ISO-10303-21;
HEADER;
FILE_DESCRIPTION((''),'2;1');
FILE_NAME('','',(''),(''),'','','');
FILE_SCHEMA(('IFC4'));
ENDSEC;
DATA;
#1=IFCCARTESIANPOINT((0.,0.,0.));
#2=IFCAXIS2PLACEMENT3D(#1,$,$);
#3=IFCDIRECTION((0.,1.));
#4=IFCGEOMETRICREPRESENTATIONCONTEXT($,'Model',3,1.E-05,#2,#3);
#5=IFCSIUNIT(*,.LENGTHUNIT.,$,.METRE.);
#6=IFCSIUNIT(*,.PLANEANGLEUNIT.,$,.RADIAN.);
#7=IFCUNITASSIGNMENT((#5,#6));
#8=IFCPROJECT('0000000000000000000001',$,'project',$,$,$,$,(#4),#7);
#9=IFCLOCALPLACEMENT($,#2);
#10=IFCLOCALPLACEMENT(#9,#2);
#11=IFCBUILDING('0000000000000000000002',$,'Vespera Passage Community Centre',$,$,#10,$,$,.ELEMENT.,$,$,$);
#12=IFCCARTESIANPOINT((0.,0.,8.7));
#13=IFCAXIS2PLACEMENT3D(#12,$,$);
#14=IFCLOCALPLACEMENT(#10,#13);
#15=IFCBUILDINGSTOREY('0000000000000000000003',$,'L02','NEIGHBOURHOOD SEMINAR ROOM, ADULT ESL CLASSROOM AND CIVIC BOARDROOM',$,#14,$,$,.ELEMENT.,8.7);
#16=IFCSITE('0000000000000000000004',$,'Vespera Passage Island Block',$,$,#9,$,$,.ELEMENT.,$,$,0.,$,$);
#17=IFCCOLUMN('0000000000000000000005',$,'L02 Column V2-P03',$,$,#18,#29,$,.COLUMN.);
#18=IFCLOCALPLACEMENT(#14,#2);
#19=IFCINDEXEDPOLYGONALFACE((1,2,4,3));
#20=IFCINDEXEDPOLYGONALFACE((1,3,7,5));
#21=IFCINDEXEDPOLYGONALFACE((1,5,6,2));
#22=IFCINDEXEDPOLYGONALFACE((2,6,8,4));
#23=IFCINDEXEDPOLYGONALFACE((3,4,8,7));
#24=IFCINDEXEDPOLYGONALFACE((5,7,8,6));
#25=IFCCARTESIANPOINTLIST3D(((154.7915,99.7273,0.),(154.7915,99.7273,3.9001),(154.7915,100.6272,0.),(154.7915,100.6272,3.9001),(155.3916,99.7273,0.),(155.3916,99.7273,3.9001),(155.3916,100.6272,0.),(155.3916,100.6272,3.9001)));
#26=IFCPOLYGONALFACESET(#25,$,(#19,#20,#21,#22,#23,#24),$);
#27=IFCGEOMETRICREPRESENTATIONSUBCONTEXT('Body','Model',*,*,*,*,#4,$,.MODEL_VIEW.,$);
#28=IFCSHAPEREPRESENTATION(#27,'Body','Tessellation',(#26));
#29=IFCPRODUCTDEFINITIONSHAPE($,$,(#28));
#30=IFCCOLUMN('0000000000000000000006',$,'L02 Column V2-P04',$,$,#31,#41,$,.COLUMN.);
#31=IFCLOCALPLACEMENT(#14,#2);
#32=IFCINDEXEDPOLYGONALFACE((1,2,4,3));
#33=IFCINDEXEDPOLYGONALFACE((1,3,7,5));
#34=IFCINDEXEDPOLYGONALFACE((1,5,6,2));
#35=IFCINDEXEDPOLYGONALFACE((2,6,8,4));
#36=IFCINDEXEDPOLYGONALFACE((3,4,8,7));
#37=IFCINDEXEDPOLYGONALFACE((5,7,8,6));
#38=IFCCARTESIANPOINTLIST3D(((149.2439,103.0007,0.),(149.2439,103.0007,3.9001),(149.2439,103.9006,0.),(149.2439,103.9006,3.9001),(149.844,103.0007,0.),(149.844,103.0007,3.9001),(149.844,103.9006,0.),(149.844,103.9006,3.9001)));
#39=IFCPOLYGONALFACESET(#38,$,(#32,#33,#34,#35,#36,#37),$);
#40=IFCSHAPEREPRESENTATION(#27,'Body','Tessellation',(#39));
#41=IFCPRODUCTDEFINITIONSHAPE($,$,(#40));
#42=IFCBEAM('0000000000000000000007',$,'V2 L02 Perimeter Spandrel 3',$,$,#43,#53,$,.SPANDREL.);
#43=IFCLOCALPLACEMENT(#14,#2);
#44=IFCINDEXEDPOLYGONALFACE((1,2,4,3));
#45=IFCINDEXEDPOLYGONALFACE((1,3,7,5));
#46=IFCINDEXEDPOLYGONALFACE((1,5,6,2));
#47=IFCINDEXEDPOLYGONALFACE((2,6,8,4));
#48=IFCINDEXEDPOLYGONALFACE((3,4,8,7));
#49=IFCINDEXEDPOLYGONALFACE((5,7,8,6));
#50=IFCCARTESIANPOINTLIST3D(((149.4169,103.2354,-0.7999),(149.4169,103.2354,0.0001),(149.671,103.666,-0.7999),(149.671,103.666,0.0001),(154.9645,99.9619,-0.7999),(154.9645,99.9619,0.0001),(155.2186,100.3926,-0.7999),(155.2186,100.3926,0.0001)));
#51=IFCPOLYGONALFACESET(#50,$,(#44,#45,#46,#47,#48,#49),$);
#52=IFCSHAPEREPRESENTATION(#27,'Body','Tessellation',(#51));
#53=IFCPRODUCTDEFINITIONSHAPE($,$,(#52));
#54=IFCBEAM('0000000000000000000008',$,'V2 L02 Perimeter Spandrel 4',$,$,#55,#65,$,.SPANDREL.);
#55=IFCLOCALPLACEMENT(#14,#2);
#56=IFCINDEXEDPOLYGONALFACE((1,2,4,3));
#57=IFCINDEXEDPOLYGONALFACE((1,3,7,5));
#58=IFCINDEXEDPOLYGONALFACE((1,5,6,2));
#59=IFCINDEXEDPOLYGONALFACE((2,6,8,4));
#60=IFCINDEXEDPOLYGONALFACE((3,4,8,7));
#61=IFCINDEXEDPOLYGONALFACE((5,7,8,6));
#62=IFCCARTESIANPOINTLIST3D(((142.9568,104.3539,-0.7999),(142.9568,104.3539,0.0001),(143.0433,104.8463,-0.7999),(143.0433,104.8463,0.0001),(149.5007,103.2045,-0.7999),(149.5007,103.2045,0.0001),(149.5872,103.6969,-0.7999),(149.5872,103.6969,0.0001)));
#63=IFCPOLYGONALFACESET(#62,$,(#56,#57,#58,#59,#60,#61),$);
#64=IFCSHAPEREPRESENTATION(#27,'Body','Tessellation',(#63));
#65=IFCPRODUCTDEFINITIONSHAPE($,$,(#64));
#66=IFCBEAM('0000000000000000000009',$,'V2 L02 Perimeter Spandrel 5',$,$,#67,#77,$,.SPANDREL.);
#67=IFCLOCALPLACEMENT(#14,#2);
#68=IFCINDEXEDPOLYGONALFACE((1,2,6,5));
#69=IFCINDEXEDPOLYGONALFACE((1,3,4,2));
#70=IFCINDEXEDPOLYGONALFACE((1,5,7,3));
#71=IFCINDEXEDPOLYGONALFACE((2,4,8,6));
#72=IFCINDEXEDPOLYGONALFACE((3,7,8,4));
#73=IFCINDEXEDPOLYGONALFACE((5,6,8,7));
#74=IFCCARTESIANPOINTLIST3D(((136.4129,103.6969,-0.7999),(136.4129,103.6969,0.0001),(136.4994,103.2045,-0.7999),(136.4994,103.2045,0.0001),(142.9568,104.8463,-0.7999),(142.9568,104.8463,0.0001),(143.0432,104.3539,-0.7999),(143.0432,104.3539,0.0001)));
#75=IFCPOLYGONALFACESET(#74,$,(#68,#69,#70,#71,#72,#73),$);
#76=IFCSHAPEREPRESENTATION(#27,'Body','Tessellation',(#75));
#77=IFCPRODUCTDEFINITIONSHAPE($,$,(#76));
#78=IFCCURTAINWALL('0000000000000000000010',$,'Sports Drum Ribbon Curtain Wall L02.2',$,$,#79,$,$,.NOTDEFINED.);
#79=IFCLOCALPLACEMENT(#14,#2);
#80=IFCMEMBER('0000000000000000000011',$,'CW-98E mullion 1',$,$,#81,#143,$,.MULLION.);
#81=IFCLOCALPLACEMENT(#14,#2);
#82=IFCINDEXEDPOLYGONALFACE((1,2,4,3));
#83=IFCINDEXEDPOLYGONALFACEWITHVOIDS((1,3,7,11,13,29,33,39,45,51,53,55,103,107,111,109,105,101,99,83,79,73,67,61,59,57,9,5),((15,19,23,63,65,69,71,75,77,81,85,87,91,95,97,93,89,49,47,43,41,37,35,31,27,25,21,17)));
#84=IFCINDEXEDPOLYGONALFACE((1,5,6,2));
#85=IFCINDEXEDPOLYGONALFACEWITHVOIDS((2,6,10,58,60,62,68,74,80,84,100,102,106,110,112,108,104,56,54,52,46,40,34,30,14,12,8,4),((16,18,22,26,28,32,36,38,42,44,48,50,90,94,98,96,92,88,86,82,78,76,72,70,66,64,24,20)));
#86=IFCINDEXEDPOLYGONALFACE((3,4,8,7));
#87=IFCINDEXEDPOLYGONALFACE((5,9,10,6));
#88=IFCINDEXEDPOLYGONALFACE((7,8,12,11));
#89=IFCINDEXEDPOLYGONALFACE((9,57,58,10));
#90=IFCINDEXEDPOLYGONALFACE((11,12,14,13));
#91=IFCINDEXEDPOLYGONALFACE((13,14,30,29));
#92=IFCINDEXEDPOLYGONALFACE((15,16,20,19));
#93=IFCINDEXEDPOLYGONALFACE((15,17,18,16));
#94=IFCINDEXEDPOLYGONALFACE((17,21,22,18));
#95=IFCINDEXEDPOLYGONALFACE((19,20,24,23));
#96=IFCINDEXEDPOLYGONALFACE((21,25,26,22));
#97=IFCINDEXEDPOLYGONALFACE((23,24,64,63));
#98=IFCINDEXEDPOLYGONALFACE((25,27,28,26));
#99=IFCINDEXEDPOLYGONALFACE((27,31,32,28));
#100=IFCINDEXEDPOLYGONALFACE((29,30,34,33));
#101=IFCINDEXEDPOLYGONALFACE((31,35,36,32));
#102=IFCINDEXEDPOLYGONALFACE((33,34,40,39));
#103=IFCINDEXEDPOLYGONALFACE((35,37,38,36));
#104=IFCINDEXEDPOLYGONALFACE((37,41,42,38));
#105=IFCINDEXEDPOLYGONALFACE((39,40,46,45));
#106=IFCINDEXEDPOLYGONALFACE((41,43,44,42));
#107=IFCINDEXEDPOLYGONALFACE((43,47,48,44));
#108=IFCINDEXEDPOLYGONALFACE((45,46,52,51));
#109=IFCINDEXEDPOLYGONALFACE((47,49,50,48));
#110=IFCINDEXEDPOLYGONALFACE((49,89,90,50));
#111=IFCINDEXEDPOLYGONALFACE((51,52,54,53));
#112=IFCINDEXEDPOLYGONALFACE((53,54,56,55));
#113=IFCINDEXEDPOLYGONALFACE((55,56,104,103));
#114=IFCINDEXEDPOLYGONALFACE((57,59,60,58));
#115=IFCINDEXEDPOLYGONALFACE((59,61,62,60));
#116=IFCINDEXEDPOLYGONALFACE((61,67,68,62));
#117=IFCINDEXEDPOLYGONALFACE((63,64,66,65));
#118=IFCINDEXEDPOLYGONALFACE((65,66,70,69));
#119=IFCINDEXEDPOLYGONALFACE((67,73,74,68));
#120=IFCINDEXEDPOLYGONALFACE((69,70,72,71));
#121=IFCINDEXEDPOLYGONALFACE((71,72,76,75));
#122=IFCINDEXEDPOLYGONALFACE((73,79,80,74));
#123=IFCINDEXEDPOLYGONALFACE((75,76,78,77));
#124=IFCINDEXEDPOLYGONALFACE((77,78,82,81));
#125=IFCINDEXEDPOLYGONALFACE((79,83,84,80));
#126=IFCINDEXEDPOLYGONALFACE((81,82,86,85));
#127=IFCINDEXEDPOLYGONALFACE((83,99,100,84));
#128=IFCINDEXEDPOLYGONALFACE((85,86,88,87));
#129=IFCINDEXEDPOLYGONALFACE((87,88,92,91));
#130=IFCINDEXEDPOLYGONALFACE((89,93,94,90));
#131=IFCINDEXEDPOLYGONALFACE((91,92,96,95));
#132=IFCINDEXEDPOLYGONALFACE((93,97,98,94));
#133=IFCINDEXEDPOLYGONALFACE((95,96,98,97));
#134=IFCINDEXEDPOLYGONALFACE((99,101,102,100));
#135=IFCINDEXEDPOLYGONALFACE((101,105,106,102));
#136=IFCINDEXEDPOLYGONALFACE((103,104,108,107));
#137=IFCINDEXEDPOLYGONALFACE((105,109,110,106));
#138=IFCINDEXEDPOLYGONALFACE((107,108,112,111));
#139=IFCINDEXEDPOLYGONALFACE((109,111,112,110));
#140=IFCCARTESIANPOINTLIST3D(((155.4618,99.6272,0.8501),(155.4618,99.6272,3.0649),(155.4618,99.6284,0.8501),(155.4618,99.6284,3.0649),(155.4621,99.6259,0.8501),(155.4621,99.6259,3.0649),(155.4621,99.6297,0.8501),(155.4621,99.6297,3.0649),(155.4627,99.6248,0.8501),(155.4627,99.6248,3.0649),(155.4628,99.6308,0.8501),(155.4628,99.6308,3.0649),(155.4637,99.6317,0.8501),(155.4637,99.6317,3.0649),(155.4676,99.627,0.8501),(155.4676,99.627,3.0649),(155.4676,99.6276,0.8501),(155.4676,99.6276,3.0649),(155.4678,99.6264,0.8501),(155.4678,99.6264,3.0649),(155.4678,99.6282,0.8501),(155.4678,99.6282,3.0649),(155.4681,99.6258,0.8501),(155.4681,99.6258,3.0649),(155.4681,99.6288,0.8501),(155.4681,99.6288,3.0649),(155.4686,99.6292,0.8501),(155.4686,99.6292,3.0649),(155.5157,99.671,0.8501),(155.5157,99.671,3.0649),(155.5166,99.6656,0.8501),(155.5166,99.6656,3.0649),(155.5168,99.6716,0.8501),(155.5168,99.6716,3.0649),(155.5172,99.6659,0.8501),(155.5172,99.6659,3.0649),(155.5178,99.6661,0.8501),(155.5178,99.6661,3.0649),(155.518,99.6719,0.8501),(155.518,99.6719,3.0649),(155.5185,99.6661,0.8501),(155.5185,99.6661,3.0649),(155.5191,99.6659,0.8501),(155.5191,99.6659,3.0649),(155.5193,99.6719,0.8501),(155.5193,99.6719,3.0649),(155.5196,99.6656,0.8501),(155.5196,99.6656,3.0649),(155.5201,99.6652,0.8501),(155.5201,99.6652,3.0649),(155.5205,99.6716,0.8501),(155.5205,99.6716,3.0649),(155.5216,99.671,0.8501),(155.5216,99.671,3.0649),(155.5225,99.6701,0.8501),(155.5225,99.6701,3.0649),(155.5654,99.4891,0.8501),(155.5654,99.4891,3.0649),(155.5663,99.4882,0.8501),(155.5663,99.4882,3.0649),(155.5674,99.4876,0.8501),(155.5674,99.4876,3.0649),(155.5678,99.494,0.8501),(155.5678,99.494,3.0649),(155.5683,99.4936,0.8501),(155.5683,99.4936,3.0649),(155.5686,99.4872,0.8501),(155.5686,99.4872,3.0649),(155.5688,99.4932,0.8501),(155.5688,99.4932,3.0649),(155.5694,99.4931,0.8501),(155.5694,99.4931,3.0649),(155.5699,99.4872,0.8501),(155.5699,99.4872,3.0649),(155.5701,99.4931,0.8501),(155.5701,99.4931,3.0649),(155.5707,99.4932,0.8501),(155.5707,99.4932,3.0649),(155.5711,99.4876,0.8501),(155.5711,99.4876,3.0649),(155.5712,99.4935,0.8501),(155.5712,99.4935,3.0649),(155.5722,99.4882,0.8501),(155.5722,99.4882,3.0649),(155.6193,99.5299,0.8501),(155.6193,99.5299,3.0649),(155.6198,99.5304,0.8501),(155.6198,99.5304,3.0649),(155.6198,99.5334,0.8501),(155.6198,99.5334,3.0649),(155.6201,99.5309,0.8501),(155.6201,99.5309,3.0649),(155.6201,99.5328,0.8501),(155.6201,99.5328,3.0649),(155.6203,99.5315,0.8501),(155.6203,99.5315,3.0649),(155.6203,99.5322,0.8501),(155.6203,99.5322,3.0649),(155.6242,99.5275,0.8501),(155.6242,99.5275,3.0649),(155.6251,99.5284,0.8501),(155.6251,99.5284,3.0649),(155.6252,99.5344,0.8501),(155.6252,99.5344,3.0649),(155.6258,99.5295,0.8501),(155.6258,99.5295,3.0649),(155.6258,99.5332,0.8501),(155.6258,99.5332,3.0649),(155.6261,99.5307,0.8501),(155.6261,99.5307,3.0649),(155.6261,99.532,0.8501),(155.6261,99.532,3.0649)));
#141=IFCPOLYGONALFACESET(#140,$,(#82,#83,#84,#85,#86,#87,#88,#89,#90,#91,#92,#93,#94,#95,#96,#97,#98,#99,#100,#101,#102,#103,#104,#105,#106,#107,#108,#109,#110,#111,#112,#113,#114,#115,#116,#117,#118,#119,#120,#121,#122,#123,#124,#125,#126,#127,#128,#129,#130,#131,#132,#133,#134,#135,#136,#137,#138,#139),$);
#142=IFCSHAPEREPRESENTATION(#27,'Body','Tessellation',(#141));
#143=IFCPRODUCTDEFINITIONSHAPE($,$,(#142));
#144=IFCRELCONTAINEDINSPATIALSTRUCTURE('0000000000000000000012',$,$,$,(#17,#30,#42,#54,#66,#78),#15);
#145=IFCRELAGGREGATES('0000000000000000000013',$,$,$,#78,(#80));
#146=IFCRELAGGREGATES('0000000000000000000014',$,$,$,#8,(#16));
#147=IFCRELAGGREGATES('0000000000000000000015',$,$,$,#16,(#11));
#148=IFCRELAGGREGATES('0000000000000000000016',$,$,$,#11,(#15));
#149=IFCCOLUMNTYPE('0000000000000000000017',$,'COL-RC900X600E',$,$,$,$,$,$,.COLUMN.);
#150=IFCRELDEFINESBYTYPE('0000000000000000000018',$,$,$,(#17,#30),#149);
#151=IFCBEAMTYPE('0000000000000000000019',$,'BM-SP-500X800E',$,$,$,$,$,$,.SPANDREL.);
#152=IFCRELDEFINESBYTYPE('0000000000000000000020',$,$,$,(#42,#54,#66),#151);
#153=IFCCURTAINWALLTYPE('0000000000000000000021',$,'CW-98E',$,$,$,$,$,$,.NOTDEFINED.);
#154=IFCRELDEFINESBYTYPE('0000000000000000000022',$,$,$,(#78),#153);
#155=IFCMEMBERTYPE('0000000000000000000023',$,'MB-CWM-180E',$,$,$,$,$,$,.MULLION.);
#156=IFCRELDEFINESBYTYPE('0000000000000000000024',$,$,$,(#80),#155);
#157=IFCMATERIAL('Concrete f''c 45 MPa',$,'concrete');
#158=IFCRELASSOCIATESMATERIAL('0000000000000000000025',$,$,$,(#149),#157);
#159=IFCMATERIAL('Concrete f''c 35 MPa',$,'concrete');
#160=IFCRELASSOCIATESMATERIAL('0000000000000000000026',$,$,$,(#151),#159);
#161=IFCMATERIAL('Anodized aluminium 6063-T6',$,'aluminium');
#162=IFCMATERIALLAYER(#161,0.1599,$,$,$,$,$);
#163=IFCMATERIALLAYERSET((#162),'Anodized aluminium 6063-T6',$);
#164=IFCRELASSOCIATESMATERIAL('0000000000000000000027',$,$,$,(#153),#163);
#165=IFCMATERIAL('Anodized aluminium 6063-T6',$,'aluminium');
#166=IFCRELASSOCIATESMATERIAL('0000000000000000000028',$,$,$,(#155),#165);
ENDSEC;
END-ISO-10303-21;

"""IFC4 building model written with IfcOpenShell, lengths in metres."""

from ifc_helpers import new_model, si_unit, direction, frame, origin, origin_2d, place, context, subcontext, project, spatial, rectangle, hollow_rectangle, extrude, material, layer, layer_set, material_profile, profile_set, type_object, element, aggregate, save


model = new_model("IFC4")

# Units and contexts
model_context = context("Model", 3, precision=1e-05, world=origin(), true_north=direction((0.0, 1.0)))
body_context = subcontext(model_context, "Body", "Model", "MODEL_VIEW")
ifc_project = project(units=[si_unit("LENGTHUNIT", "METRE"), si_unit("PLANEANGLEUNIT", "RADIAN")], contexts=[model_context])

# Site, building, storey
site_placement = place(None, origin())
site = spatial("IfcSite", under=ifc_project, at=site_placement, Name="Vespera Passage Island Block", CompositionType="ELEMENT", RefElevation=0.0)
building_placement = place(site_placement, origin())
building = spatial("IfcBuilding", under=site, at=building_placement, Name="Vespera Passage Community Centre", CompositionType="ELEMENT")
storey_placement = place(building_placement, frame((0.0, 0.0, 8.7)))
storey = spatial("IfcBuildingStorey", under=building, at=storey_placement, Name="L02", Description="NEIGHBOURHOOD SEMINAR ROOM, ADULT ESL CLASSROOM AND CIVIC BOARDROOM", CompositionType="ELEMENT", Elevation=8.7)

# Columns
ifc_material_1 = material(Name="Concrete f'c 45 MPa", Category="concrete")
ifc_material_profile_1 = material_profile(ifc_material_1, rectangle(XDim=0.6001, YDim=0.8999, at=origin_2d()), Name="RC900X600")
ifc_profile_set_1 = profile_set([ifc_material_profile_1], Name="Concrete f'c 45 MPa")
column_type = type_object("IfcColumnType", Name="COL-RC900X600E", PredefinedType="COLUMN", material=ifc_profile_set_1)
for number, where, z_axis, x_axis, name in (
    (1, (155.0916, 100.1772, 0.0), (0.0, 0.0, 1.0), (1.0, 0.0, 0.0), "L02 Column V2-P03"),
    (2, (149.5439, 103.4507, 0.0), (0.0, 0.0, 1.0), (1.0, 0.0, 0.0), "L02 Column V2-P04"),
):
    element("IfcColumn", number, at=place(storey_placement, frame(where, z_axis=z_axis, x_axis=x_axis)), inside=storey, type_object=column_type, Name=name, PredefinedType="COLUMN", context=body_context, shape_type="SweptSolid", body=[
        extrude(rectangle(XDim=0.6001, YDim=0.8999, at=origin_2d()), origin(), (0.0, 0.0, 1.0), 3.9001),
    ])

# Beams
ifc_material_2 = material(Name="Concrete f'c 35 MPa", Category="concrete")
ifc_material_profile_2 = material_profile(ifc_material_2, rectangle(XDim=0.5, YDim=0.8, at=origin_2d()), Name="RC500X800")
ifc_profile_set_2 = profile_set([ifc_material_profile_2], Name="Concrete f'c 35 MPa")
beam_type = type_object("IfcBeamType", Name="BM-SP-500X800E", PredefinedType="SPANDREL", material=ifc_profile_set_2)
beam_placement = place(storey_placement, frame((155.0916, 100.1772, -0.3999), z_axis=(-0.861246, 0.508189, 0.0), x_axis=(-0.508189, -0.861246, 0.0)))
element("IfcBeam", 3, at=beam_placement, inside=storey, type_object=beam_type, Name="V2 L02 Perimeter Spandrel 3", PredefinedType="SPANDREL", context=body_context, shape_type="SweptSolid", body=[
    extrude(rectangle(XDim=0.5, YDim=0.8, at=origin_2d()), origin(), (0.0, 0.0, 1.0), 6.4414),
])
for number, where, z_axis, x_axis, name in (
    (4, (149.5439, 103.4507, -0.3999), (-0.984922, 0.172997, 0.0), (-0.172997, -0.984922, 0.0), "V2 L02 Perimeter Spandrel 4"),
    (5, (143.0, 104.6001, -0.3999), (-0.984922, -0.172997, 0.0), (0.172997, -0.984922, 0.0), "V2 L02 Perimeter Spandrel 5"),
):
    element("IfcBeam", number, at=place(storey_placement, frame(where, z_axis=z_axis, x_axis=x_axis)), inside=storey, type_object=beam_type, Name=name, PredefinedType="SPANDREL", context=body_context, shape_type="SweptSolid", body=[
        extrude(rectangle(XDim=0.5, YDim=0.8, at=origin_2d()), origin(), (0.0, 0.0, 1.0), 6.644),
    ])

# Curtain wall, member
ifc_material_3 = material(Name="Anodized aluminium 6063-T6", Category="aluminium")
ifc_layer_1 = layer(ifc_material_3, 0.1599)
ifc_layer_set_1 = layer_set([ifc_layer_1], Name="Anodized aluminium 6063-T6")
curtain_wall_type_1 = type_object("IfcCurtainWallType", Name="CW-98E", PredefinedType="NOTDEFINED", material=ifc_layer_set_1)
curtain_wall_1_placement = place(storey_placement, origin())
curtain_wall_1 = element("IfcCurtainWall", 6, at=curtain_wall_1_placement, inside=storey, type_object=curtain_wall_type_1, Name="Sports Drum Ribbon Curtain Wall L02.2", PredefinedType="NOTDEFINED")
ifc_material_4 = material(Name="Anodized aluminium 6063-T6", Category="aluminium")
ifc_material_profile_3 = material_profile(ifc_material_4, hollow_rectangle(XDim=0.075, YDim=0.1799, WallThickness=0.0049, InnerFilletRadius=0.0024, OuterFilletRadius=0.0049, at=origin_2d()), Name="ALU180X75X5")
ifc_profile_set_3 = profile_set([ifc_material_profile_3], Name="Anodized aluminium 6063-T6")
member_type_1 = type_object("IfcMemberType", Name="MB-CWM-180E", PredefinedType="MULLION", material=ifc_profile_set_3)
member_1_placement = place(storey_placement, frame((155.5439, 99.5796, 0.8501), z_axis=(0.0, 0.0, 1.0), x_axis=(0.797434, 0.603406, 0.0)))
member_1 = element("IfcMember", 7, at=member_1_placement, type_object=member_type_1, Name="CW-98E mullion 1", PredefinedType="MULLION", context=body_context, shape_type="SweptSolid", body=[
    extrude(hollow_rectangle(XDim=0.075, YDim=0.1799, WallThickness=0.0049, InnerFilletRadius=0.0024, OuterFilletRadius=0.0049, at=origin_2d()), origin(), (0.0, 0.0, 1.0), 2.2148),
])

aggregate(curtain_wall_1, [member_1])

save(model, "model.ifc")
